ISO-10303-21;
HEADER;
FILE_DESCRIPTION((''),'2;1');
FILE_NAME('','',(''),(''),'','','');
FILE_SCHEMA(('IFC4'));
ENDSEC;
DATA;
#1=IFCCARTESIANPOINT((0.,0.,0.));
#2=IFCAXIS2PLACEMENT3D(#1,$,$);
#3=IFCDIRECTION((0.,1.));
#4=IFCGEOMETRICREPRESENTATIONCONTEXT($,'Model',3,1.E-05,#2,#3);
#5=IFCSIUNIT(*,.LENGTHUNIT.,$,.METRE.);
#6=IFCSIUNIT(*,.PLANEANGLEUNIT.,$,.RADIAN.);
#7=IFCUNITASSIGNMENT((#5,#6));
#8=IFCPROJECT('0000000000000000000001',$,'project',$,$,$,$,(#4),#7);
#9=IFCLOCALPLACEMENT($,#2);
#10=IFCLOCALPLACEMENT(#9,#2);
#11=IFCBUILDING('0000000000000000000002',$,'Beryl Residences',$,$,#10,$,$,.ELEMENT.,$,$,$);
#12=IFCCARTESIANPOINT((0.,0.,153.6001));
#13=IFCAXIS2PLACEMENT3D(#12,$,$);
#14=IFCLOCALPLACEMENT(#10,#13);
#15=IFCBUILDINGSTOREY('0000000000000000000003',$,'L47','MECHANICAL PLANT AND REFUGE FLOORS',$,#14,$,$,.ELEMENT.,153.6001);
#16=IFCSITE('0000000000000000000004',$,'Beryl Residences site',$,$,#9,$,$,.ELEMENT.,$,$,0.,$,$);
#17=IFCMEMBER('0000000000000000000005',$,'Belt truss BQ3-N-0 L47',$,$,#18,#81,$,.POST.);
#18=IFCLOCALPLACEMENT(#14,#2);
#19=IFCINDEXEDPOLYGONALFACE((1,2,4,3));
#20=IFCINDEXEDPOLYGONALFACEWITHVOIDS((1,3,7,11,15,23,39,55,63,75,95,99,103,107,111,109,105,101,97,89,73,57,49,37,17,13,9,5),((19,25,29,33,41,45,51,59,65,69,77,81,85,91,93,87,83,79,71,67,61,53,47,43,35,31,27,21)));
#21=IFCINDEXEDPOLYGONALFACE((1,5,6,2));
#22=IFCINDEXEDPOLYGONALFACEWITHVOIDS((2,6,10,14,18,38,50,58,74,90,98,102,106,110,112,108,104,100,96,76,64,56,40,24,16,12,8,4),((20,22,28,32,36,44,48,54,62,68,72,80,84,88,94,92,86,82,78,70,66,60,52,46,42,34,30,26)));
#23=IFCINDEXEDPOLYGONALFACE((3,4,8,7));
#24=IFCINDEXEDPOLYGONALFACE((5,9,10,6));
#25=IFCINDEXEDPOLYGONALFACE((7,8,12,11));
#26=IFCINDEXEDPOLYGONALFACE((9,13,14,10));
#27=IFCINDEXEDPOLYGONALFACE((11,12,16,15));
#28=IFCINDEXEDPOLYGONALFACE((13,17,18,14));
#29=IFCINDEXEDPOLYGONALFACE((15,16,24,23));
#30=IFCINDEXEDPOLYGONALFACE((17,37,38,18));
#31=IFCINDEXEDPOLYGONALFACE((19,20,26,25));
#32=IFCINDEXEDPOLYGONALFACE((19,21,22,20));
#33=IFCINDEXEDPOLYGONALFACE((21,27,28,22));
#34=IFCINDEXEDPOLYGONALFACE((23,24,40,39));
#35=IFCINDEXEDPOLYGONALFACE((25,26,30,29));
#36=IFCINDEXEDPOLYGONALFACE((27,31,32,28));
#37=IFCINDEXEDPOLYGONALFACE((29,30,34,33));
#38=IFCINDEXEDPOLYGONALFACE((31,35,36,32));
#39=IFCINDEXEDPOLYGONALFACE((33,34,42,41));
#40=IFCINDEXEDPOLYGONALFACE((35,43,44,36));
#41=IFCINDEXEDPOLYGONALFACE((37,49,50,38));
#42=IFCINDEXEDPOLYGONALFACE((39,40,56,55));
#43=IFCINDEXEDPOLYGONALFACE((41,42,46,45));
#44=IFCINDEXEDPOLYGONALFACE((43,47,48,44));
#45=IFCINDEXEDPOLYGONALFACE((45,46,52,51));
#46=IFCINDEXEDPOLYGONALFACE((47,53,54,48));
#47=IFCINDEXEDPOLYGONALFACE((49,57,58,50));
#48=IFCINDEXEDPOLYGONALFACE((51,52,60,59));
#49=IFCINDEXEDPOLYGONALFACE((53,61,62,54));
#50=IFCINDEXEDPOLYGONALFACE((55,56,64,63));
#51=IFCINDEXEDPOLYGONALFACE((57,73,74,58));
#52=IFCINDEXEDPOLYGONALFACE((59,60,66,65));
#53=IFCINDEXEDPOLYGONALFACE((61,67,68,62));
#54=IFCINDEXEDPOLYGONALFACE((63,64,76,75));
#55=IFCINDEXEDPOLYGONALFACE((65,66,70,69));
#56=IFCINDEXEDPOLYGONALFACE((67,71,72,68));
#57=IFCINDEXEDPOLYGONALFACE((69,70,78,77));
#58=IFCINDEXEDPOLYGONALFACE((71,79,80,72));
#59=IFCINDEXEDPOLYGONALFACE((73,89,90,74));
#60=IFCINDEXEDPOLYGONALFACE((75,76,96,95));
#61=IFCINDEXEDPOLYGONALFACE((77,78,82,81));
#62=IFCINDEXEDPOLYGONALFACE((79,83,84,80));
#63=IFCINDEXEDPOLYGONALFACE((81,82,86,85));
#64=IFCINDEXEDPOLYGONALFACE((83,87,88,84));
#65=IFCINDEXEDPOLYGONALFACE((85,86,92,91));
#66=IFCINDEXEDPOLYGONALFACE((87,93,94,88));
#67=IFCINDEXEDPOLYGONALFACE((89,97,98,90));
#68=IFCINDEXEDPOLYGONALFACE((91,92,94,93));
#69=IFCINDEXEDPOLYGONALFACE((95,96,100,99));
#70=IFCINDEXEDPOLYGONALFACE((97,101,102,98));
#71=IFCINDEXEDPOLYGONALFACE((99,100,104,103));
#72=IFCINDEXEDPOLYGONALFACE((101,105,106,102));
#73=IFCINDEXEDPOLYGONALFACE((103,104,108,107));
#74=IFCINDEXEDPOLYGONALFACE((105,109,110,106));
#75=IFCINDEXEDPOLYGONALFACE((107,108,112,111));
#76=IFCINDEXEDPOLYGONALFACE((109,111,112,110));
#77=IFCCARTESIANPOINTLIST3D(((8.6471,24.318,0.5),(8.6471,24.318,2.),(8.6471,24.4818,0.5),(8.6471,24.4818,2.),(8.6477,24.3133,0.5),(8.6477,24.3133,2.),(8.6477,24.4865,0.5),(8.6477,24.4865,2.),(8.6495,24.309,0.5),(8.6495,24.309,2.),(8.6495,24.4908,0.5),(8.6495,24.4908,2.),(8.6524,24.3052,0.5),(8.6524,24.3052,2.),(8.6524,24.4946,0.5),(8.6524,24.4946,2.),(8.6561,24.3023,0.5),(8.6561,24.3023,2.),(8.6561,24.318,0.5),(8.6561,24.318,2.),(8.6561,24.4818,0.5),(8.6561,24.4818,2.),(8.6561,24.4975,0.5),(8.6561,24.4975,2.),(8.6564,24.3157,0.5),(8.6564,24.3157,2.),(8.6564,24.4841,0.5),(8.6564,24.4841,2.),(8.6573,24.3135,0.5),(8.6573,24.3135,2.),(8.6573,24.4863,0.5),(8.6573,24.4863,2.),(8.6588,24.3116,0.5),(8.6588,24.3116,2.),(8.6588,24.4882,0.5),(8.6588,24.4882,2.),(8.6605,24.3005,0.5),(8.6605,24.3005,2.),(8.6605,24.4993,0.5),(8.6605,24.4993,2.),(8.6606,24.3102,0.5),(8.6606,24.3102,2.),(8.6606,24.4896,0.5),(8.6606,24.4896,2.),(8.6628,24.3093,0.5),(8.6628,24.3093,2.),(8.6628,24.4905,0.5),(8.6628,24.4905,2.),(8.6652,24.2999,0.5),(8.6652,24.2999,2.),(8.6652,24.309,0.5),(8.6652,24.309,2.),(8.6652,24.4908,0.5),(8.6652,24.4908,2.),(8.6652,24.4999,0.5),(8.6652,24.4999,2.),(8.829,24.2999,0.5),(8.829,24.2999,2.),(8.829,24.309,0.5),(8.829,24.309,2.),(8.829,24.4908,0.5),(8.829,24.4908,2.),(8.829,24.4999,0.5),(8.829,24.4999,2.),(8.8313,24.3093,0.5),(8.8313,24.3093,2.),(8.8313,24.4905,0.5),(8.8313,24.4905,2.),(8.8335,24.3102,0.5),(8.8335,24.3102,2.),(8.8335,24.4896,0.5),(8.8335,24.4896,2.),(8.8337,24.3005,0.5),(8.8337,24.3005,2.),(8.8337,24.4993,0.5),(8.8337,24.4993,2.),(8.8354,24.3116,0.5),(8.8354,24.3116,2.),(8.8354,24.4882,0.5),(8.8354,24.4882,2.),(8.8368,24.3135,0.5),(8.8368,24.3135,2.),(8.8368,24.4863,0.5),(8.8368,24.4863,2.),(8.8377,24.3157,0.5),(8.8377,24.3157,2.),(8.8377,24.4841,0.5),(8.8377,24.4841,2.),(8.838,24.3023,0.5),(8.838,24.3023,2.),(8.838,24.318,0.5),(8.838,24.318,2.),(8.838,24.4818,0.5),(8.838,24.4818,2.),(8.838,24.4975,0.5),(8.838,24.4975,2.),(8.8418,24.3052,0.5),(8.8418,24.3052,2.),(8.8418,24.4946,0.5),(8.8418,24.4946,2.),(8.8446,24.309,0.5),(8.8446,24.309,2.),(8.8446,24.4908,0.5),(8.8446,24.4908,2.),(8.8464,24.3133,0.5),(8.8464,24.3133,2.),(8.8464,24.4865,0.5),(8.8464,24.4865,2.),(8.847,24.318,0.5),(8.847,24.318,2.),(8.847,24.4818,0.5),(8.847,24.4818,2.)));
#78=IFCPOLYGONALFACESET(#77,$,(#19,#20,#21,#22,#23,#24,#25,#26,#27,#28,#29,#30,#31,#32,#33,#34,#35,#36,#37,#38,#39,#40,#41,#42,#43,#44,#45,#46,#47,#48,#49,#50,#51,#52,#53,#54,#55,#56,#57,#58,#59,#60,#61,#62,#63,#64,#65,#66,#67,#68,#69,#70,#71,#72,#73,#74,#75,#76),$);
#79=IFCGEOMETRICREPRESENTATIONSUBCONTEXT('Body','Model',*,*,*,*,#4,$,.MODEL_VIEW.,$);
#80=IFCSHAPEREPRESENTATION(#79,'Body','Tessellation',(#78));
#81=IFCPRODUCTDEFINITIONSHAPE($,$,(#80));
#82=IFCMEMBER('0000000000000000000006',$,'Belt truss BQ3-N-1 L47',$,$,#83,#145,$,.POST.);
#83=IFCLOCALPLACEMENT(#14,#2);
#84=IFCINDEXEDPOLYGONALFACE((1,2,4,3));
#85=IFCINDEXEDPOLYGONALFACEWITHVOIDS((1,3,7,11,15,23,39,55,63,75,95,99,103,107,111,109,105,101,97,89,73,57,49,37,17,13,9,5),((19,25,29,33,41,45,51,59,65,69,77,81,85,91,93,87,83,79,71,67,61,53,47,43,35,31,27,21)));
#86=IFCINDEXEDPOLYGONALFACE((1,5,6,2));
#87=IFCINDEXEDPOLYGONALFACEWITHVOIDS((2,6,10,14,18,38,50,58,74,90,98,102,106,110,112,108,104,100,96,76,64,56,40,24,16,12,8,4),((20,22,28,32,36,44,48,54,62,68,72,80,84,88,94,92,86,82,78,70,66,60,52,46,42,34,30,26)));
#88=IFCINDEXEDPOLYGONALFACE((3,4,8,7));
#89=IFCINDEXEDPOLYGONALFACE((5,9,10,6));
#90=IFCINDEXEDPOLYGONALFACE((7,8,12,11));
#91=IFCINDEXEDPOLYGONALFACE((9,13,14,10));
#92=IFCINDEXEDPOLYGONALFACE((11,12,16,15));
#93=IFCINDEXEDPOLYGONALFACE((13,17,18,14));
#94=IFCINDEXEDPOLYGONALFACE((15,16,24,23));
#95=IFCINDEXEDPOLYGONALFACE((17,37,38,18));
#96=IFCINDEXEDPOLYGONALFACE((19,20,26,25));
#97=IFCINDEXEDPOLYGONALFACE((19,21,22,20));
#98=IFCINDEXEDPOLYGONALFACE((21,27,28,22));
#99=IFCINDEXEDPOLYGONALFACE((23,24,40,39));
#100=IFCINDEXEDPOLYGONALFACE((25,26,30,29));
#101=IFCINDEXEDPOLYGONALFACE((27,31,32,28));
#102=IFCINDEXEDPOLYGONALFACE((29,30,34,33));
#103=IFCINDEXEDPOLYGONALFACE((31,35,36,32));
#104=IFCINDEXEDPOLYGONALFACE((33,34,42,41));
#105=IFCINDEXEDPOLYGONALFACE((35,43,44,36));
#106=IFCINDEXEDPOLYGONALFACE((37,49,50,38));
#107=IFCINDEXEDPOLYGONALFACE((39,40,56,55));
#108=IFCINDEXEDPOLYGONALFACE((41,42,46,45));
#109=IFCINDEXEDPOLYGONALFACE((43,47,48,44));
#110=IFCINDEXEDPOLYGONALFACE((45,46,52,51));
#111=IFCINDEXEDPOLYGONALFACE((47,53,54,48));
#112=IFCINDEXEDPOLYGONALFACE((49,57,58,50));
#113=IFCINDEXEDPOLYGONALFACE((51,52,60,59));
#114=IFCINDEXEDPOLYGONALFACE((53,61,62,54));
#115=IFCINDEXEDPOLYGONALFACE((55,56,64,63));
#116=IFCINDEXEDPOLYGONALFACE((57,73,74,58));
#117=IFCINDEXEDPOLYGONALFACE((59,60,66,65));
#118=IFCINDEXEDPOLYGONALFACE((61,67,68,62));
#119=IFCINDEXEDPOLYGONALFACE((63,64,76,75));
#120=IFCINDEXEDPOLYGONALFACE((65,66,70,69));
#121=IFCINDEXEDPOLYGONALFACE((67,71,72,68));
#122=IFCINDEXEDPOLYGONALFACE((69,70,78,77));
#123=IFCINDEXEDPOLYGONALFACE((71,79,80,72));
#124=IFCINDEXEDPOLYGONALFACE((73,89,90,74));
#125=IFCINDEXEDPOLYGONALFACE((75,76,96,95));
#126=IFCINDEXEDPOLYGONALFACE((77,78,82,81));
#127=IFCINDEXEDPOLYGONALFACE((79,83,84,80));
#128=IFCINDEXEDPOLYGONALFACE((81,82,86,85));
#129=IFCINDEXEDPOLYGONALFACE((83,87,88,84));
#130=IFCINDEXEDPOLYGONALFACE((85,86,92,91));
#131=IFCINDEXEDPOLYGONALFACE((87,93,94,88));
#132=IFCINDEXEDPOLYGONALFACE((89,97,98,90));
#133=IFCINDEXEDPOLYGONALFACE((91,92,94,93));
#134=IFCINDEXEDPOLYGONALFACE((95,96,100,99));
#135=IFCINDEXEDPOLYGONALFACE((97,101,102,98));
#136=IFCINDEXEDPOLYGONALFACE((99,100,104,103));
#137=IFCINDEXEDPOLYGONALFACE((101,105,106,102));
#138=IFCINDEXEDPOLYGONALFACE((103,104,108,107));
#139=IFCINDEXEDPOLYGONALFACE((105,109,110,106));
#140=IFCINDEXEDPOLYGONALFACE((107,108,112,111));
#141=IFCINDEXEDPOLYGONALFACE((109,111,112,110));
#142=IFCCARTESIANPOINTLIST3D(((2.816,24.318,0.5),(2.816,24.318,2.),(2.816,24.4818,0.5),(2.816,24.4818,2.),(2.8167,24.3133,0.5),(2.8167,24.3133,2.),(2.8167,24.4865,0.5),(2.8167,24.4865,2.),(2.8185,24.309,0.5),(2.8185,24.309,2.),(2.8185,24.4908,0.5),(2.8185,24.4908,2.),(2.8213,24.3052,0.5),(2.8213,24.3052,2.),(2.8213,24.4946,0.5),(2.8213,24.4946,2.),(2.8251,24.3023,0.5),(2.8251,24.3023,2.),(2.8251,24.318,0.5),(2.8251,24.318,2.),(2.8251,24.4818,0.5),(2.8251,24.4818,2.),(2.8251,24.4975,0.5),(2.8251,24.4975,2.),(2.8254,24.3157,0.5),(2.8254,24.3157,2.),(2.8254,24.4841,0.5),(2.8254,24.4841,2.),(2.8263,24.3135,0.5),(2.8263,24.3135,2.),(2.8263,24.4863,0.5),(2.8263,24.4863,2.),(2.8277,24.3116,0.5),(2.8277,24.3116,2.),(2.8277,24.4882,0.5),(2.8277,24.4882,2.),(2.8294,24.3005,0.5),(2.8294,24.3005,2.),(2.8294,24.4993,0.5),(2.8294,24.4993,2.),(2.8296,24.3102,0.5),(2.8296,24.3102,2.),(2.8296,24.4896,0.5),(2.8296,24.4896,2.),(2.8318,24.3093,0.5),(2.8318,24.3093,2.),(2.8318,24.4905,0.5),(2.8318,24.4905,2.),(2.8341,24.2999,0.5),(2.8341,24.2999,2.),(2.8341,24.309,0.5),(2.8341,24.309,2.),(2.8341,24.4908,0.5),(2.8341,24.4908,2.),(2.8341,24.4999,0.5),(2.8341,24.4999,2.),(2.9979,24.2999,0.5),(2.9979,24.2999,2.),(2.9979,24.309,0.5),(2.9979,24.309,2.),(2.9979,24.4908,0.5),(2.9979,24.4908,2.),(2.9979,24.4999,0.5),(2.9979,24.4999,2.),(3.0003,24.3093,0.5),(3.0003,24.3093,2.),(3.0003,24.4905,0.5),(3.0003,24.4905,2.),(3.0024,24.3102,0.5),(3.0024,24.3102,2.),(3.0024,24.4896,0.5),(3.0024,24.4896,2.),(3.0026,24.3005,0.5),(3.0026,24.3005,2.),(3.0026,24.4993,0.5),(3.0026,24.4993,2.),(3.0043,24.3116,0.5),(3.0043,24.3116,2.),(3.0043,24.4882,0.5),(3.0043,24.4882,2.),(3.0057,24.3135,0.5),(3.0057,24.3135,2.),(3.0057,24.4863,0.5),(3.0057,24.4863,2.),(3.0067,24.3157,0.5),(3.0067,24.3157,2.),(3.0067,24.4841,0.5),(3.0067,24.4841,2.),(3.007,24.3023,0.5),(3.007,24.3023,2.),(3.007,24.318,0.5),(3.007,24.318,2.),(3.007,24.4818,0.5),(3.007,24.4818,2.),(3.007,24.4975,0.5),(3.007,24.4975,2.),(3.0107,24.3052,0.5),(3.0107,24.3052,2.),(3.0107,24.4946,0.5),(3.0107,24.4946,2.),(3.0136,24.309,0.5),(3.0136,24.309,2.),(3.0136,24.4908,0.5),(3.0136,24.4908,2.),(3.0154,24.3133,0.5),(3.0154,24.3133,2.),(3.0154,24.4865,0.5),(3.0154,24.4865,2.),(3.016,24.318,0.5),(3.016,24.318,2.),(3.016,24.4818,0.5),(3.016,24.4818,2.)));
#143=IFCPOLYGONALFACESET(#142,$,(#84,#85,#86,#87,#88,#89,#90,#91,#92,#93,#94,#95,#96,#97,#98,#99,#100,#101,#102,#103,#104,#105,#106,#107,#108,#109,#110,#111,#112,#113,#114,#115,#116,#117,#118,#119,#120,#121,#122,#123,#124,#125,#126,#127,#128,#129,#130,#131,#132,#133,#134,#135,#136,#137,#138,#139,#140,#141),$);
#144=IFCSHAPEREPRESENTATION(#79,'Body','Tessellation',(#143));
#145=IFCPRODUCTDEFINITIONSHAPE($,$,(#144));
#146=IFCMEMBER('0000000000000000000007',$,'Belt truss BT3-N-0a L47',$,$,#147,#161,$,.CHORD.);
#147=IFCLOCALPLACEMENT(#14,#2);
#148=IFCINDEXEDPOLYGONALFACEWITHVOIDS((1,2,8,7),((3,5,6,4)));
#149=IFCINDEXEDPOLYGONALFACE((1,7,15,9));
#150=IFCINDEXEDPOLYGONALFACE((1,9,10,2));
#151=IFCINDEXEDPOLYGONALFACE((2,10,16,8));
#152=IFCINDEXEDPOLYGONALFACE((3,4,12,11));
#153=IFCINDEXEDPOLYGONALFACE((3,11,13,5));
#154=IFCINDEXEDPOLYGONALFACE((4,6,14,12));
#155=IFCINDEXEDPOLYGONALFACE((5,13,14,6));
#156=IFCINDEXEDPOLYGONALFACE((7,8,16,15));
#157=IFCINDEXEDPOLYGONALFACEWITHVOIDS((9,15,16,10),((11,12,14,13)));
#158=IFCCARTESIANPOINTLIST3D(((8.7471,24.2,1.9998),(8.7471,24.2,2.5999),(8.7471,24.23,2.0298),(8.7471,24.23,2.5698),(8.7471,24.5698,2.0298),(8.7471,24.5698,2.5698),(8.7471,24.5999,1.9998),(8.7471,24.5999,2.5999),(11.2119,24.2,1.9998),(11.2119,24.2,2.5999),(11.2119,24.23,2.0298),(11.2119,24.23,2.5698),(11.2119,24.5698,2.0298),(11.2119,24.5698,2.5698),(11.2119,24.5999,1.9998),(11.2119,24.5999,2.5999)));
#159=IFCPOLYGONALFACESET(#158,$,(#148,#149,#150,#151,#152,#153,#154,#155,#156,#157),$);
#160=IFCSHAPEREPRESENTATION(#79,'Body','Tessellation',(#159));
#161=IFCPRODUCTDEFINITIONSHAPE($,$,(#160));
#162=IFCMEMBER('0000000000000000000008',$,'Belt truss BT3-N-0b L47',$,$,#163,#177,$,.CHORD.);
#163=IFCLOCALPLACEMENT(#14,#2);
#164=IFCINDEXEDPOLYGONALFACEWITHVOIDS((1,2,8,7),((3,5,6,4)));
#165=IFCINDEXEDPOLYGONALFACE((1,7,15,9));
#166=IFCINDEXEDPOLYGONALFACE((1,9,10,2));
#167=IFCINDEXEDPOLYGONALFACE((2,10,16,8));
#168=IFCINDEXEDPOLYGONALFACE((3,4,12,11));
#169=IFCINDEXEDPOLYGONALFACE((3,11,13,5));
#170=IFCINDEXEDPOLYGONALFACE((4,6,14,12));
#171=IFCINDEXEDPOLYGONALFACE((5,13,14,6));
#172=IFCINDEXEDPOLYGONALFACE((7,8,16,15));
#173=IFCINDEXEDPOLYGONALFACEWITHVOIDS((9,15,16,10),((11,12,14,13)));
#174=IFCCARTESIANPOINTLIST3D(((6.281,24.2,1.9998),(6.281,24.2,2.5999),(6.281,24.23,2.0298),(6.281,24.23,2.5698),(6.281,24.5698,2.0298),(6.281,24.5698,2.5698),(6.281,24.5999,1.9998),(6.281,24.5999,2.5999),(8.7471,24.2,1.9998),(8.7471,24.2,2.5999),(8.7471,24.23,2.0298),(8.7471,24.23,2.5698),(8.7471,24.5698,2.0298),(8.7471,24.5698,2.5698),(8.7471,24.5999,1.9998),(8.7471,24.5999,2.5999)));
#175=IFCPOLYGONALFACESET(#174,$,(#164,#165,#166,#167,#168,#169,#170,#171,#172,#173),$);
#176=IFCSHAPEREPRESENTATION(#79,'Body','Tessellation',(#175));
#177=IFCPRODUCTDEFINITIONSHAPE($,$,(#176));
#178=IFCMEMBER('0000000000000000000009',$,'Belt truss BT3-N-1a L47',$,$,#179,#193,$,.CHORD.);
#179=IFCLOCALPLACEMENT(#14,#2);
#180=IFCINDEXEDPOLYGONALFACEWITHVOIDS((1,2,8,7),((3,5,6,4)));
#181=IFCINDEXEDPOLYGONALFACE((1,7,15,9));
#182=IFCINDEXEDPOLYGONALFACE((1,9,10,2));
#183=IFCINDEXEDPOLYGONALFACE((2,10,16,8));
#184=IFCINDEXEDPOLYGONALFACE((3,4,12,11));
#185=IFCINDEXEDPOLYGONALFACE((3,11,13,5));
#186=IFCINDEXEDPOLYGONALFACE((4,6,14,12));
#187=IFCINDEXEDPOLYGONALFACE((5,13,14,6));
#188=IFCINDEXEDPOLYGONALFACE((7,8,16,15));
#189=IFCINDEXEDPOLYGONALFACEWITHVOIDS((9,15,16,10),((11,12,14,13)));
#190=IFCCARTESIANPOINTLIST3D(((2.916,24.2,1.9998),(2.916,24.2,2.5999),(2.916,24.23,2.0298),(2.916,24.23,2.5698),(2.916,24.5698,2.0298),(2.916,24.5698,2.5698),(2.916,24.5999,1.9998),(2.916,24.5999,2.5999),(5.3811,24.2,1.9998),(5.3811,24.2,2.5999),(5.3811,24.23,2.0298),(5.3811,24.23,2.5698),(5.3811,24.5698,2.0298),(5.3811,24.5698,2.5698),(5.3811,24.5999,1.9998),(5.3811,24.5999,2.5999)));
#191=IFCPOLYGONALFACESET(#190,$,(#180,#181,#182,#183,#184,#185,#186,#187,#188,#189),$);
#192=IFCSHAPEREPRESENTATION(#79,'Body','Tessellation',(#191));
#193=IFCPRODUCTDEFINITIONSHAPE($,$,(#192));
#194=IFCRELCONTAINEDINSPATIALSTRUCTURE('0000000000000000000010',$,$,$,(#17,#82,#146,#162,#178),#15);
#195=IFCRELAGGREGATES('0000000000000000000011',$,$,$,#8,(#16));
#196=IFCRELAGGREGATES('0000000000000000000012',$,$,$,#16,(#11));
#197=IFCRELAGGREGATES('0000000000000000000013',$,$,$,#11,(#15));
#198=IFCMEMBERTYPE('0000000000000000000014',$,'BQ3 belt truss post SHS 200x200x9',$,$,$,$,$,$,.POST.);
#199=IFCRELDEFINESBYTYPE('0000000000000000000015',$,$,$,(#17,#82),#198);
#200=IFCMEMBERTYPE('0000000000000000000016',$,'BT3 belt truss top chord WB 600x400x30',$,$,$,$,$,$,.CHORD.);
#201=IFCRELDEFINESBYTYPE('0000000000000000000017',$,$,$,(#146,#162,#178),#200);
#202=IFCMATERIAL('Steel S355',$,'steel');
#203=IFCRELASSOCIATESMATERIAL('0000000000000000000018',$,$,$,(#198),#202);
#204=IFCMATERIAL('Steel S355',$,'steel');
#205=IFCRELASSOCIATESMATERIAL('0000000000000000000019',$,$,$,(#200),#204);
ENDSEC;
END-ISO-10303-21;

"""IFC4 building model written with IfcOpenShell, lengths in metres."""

from ifc_helpers import new_model, si_unit, direction, frame, origin, origin_2d, place, context, subcontext, project, spatial, hollow_rectangle, extrude, material, material_profile, profile_set, type_object, element, save


model = new_model("IFC4")

# Units and contexts
model_context = context("Model", 3, precision=1e-05, world=origin(), true_north=direction((0.0, 1.0)))
body_context = subcontext(model_context, "Body", "Model", "MODEL_VIEW")
ifc_project = project(units=[si_unit("LENGTHUNIT", "METRE"), si_unit("PLANEANGLEUNIT", "RADIAN")], contexts=[model_context])

# Site, building, storey
site_placement = place(None, origin())
site = spatial("IfcSite", under=ifc_project, at=site_placement, Name="Beryl Residences site", CompositionType="ELEMENT", RefElevation=0.0)
building_placement = place(site_placement, origin())
building = spatial("IfcBuilding", under=site, at=building_placement, Name="Beryl Residences", CompositionType="ELEMENT")
storey_placement = place(building_placement, frame((0.0, 0.0, 153.6001)))
storey = spatial("IfcBuildingStorey", under=building, at=storey_placement, Name="L47", Description="MECHANICAL PLANT AND REFUGE FLOORS", CompositionType="ELEMENT", Elevation=153.6001)

# Members
ifc_material_1 = material(Name="Steel S355", Category="steel")
ifc_material_profile_1 = material_profile(ifc_material_1, hollow_rectangle(XDim=0.2, YDim=0.2, WallThickness=0.009, InnerFilletRadius=0.009, OuterFilletRadius=0.0181, at=origin_2d()))
ifc_profile_set_1 = profile_set([ifc_material_profile_1], Name="Steel S355")
member_type_1 = type_object("IfcMemberType", Name="BQ3 belt truss post SHS 200x200x9", PredefinedType="POST", material=ifc_profile_set_1)
for number, where, z_axis, x_axis, name in (
    (1, (8.7471, 24.3999, 0.5), (0.0, 0.0, 1.0), (1.0, 0.0, 0.0), "Belt truss BQ3-N-0 L47"),
    (2, (2.916, 24.3999, 0.5), (0.0, 0.0, 1.0), (1.0, 0.0, 0.0), "Belt truss BQ3-N-1 L47"),
):
    element("IfcMember", number, at=place(storey_placement, frame(where, z_axis=z_axis, x_axis=x_axis)), inside=storey, type_object=member_type_1, Name=name, PredefinedType="POST", context=body_context, shape_type="SweptSolid", body=[
        extrude(hollow_rectangle(XDim=0.2, YDim=0.2, WallThickness=0.009, InnerFilletRadius=0.009, OuterFilletRadius=0.0181, at=origin_2d()), origin(), (0.0, 0.0, 1.0), 1.5),
    ])
ifc_material_2 = material(Name="Steel S355", Category="steel")
ifc_material_profile_2 = material_profile(ifc_material_2, hollow_rectangle(XDim=0.3999, YDim=0.6001, WallThickness=0.03, at=origin_2d()))
ifc_profile_set_2 = profile_set([ifc_material_profile_2], Name="Steel S355")
member_type_2 = type_object("IfcMemberType", Name="BT3 belt truss top chord WB 600x400x30", PredefinedType="CHORD", material=ifc_profile_set_2)
member_1_placement = place(storey_placement, frame((11.2119, 24.3999, 2.2998), z_axis=(-1.0, 0.0, 0.0), x_axis=(0.0, -1.0, 0.0)))
element("IfcMember", 3, at=member_1_placement, inside=storey, type_object=member_type_2, Name="Belt truss BT3-N-0a L47", PredefinedType="CHORD", context=body_context, shape_type="SweptSolid", body=[
    extrude(hollow_rectangle(XDim=0.3999, YDim=0.6001, WallThickness=0.03, at=origin_2d()), origin(), (0.0, 0.0, 1.0), 2.4648),
])
member_2_placement = place(storey_placement, frame((8.7471, 24.3999, 2.2998), z_axis=(-1.0, 0.0, 0.0), x_axis=(0.0, -1.0, 0.0)))
element("IfcMember", 4, at=member_2_placement, inside=storey, type_object=member_type_2, Name="Belt truss BT3-N-0b L47", PredefinedType="CHORD", context=body_context, shape_type="SweptSolid", body=[
    extrude(hollow_rectangle(XDim=0.3999, YDim=0.6001, WallThickness=0.03, at=origin_2d()), origin(), (0.0, 0.0, 1.0), 2.4661),
])
member_3_placement = place(storey_placement, frame((5.3811, 24.3999, 2.2998), z_axis=(-1.0, 0.0, 0.0), x_axis=(0.0, -1.0, 0.0)))
element("IfcMember", 5, at=member_3_placement, inside=storey, type_object=member_type_2, Name="Belt truss BT3-N-1a L47", PredefinedType="CHORD", context=body_context, shape_type="SweptSolid", body=[
    extrude(hollow_rectangle(XDim=0.3999, YDim=0.6001, WallThickness=0.03, at=origin_2d()), origin(), (0.0, 0.0, 1.0), 2.4651),
])

save(model, "model.ifc")
